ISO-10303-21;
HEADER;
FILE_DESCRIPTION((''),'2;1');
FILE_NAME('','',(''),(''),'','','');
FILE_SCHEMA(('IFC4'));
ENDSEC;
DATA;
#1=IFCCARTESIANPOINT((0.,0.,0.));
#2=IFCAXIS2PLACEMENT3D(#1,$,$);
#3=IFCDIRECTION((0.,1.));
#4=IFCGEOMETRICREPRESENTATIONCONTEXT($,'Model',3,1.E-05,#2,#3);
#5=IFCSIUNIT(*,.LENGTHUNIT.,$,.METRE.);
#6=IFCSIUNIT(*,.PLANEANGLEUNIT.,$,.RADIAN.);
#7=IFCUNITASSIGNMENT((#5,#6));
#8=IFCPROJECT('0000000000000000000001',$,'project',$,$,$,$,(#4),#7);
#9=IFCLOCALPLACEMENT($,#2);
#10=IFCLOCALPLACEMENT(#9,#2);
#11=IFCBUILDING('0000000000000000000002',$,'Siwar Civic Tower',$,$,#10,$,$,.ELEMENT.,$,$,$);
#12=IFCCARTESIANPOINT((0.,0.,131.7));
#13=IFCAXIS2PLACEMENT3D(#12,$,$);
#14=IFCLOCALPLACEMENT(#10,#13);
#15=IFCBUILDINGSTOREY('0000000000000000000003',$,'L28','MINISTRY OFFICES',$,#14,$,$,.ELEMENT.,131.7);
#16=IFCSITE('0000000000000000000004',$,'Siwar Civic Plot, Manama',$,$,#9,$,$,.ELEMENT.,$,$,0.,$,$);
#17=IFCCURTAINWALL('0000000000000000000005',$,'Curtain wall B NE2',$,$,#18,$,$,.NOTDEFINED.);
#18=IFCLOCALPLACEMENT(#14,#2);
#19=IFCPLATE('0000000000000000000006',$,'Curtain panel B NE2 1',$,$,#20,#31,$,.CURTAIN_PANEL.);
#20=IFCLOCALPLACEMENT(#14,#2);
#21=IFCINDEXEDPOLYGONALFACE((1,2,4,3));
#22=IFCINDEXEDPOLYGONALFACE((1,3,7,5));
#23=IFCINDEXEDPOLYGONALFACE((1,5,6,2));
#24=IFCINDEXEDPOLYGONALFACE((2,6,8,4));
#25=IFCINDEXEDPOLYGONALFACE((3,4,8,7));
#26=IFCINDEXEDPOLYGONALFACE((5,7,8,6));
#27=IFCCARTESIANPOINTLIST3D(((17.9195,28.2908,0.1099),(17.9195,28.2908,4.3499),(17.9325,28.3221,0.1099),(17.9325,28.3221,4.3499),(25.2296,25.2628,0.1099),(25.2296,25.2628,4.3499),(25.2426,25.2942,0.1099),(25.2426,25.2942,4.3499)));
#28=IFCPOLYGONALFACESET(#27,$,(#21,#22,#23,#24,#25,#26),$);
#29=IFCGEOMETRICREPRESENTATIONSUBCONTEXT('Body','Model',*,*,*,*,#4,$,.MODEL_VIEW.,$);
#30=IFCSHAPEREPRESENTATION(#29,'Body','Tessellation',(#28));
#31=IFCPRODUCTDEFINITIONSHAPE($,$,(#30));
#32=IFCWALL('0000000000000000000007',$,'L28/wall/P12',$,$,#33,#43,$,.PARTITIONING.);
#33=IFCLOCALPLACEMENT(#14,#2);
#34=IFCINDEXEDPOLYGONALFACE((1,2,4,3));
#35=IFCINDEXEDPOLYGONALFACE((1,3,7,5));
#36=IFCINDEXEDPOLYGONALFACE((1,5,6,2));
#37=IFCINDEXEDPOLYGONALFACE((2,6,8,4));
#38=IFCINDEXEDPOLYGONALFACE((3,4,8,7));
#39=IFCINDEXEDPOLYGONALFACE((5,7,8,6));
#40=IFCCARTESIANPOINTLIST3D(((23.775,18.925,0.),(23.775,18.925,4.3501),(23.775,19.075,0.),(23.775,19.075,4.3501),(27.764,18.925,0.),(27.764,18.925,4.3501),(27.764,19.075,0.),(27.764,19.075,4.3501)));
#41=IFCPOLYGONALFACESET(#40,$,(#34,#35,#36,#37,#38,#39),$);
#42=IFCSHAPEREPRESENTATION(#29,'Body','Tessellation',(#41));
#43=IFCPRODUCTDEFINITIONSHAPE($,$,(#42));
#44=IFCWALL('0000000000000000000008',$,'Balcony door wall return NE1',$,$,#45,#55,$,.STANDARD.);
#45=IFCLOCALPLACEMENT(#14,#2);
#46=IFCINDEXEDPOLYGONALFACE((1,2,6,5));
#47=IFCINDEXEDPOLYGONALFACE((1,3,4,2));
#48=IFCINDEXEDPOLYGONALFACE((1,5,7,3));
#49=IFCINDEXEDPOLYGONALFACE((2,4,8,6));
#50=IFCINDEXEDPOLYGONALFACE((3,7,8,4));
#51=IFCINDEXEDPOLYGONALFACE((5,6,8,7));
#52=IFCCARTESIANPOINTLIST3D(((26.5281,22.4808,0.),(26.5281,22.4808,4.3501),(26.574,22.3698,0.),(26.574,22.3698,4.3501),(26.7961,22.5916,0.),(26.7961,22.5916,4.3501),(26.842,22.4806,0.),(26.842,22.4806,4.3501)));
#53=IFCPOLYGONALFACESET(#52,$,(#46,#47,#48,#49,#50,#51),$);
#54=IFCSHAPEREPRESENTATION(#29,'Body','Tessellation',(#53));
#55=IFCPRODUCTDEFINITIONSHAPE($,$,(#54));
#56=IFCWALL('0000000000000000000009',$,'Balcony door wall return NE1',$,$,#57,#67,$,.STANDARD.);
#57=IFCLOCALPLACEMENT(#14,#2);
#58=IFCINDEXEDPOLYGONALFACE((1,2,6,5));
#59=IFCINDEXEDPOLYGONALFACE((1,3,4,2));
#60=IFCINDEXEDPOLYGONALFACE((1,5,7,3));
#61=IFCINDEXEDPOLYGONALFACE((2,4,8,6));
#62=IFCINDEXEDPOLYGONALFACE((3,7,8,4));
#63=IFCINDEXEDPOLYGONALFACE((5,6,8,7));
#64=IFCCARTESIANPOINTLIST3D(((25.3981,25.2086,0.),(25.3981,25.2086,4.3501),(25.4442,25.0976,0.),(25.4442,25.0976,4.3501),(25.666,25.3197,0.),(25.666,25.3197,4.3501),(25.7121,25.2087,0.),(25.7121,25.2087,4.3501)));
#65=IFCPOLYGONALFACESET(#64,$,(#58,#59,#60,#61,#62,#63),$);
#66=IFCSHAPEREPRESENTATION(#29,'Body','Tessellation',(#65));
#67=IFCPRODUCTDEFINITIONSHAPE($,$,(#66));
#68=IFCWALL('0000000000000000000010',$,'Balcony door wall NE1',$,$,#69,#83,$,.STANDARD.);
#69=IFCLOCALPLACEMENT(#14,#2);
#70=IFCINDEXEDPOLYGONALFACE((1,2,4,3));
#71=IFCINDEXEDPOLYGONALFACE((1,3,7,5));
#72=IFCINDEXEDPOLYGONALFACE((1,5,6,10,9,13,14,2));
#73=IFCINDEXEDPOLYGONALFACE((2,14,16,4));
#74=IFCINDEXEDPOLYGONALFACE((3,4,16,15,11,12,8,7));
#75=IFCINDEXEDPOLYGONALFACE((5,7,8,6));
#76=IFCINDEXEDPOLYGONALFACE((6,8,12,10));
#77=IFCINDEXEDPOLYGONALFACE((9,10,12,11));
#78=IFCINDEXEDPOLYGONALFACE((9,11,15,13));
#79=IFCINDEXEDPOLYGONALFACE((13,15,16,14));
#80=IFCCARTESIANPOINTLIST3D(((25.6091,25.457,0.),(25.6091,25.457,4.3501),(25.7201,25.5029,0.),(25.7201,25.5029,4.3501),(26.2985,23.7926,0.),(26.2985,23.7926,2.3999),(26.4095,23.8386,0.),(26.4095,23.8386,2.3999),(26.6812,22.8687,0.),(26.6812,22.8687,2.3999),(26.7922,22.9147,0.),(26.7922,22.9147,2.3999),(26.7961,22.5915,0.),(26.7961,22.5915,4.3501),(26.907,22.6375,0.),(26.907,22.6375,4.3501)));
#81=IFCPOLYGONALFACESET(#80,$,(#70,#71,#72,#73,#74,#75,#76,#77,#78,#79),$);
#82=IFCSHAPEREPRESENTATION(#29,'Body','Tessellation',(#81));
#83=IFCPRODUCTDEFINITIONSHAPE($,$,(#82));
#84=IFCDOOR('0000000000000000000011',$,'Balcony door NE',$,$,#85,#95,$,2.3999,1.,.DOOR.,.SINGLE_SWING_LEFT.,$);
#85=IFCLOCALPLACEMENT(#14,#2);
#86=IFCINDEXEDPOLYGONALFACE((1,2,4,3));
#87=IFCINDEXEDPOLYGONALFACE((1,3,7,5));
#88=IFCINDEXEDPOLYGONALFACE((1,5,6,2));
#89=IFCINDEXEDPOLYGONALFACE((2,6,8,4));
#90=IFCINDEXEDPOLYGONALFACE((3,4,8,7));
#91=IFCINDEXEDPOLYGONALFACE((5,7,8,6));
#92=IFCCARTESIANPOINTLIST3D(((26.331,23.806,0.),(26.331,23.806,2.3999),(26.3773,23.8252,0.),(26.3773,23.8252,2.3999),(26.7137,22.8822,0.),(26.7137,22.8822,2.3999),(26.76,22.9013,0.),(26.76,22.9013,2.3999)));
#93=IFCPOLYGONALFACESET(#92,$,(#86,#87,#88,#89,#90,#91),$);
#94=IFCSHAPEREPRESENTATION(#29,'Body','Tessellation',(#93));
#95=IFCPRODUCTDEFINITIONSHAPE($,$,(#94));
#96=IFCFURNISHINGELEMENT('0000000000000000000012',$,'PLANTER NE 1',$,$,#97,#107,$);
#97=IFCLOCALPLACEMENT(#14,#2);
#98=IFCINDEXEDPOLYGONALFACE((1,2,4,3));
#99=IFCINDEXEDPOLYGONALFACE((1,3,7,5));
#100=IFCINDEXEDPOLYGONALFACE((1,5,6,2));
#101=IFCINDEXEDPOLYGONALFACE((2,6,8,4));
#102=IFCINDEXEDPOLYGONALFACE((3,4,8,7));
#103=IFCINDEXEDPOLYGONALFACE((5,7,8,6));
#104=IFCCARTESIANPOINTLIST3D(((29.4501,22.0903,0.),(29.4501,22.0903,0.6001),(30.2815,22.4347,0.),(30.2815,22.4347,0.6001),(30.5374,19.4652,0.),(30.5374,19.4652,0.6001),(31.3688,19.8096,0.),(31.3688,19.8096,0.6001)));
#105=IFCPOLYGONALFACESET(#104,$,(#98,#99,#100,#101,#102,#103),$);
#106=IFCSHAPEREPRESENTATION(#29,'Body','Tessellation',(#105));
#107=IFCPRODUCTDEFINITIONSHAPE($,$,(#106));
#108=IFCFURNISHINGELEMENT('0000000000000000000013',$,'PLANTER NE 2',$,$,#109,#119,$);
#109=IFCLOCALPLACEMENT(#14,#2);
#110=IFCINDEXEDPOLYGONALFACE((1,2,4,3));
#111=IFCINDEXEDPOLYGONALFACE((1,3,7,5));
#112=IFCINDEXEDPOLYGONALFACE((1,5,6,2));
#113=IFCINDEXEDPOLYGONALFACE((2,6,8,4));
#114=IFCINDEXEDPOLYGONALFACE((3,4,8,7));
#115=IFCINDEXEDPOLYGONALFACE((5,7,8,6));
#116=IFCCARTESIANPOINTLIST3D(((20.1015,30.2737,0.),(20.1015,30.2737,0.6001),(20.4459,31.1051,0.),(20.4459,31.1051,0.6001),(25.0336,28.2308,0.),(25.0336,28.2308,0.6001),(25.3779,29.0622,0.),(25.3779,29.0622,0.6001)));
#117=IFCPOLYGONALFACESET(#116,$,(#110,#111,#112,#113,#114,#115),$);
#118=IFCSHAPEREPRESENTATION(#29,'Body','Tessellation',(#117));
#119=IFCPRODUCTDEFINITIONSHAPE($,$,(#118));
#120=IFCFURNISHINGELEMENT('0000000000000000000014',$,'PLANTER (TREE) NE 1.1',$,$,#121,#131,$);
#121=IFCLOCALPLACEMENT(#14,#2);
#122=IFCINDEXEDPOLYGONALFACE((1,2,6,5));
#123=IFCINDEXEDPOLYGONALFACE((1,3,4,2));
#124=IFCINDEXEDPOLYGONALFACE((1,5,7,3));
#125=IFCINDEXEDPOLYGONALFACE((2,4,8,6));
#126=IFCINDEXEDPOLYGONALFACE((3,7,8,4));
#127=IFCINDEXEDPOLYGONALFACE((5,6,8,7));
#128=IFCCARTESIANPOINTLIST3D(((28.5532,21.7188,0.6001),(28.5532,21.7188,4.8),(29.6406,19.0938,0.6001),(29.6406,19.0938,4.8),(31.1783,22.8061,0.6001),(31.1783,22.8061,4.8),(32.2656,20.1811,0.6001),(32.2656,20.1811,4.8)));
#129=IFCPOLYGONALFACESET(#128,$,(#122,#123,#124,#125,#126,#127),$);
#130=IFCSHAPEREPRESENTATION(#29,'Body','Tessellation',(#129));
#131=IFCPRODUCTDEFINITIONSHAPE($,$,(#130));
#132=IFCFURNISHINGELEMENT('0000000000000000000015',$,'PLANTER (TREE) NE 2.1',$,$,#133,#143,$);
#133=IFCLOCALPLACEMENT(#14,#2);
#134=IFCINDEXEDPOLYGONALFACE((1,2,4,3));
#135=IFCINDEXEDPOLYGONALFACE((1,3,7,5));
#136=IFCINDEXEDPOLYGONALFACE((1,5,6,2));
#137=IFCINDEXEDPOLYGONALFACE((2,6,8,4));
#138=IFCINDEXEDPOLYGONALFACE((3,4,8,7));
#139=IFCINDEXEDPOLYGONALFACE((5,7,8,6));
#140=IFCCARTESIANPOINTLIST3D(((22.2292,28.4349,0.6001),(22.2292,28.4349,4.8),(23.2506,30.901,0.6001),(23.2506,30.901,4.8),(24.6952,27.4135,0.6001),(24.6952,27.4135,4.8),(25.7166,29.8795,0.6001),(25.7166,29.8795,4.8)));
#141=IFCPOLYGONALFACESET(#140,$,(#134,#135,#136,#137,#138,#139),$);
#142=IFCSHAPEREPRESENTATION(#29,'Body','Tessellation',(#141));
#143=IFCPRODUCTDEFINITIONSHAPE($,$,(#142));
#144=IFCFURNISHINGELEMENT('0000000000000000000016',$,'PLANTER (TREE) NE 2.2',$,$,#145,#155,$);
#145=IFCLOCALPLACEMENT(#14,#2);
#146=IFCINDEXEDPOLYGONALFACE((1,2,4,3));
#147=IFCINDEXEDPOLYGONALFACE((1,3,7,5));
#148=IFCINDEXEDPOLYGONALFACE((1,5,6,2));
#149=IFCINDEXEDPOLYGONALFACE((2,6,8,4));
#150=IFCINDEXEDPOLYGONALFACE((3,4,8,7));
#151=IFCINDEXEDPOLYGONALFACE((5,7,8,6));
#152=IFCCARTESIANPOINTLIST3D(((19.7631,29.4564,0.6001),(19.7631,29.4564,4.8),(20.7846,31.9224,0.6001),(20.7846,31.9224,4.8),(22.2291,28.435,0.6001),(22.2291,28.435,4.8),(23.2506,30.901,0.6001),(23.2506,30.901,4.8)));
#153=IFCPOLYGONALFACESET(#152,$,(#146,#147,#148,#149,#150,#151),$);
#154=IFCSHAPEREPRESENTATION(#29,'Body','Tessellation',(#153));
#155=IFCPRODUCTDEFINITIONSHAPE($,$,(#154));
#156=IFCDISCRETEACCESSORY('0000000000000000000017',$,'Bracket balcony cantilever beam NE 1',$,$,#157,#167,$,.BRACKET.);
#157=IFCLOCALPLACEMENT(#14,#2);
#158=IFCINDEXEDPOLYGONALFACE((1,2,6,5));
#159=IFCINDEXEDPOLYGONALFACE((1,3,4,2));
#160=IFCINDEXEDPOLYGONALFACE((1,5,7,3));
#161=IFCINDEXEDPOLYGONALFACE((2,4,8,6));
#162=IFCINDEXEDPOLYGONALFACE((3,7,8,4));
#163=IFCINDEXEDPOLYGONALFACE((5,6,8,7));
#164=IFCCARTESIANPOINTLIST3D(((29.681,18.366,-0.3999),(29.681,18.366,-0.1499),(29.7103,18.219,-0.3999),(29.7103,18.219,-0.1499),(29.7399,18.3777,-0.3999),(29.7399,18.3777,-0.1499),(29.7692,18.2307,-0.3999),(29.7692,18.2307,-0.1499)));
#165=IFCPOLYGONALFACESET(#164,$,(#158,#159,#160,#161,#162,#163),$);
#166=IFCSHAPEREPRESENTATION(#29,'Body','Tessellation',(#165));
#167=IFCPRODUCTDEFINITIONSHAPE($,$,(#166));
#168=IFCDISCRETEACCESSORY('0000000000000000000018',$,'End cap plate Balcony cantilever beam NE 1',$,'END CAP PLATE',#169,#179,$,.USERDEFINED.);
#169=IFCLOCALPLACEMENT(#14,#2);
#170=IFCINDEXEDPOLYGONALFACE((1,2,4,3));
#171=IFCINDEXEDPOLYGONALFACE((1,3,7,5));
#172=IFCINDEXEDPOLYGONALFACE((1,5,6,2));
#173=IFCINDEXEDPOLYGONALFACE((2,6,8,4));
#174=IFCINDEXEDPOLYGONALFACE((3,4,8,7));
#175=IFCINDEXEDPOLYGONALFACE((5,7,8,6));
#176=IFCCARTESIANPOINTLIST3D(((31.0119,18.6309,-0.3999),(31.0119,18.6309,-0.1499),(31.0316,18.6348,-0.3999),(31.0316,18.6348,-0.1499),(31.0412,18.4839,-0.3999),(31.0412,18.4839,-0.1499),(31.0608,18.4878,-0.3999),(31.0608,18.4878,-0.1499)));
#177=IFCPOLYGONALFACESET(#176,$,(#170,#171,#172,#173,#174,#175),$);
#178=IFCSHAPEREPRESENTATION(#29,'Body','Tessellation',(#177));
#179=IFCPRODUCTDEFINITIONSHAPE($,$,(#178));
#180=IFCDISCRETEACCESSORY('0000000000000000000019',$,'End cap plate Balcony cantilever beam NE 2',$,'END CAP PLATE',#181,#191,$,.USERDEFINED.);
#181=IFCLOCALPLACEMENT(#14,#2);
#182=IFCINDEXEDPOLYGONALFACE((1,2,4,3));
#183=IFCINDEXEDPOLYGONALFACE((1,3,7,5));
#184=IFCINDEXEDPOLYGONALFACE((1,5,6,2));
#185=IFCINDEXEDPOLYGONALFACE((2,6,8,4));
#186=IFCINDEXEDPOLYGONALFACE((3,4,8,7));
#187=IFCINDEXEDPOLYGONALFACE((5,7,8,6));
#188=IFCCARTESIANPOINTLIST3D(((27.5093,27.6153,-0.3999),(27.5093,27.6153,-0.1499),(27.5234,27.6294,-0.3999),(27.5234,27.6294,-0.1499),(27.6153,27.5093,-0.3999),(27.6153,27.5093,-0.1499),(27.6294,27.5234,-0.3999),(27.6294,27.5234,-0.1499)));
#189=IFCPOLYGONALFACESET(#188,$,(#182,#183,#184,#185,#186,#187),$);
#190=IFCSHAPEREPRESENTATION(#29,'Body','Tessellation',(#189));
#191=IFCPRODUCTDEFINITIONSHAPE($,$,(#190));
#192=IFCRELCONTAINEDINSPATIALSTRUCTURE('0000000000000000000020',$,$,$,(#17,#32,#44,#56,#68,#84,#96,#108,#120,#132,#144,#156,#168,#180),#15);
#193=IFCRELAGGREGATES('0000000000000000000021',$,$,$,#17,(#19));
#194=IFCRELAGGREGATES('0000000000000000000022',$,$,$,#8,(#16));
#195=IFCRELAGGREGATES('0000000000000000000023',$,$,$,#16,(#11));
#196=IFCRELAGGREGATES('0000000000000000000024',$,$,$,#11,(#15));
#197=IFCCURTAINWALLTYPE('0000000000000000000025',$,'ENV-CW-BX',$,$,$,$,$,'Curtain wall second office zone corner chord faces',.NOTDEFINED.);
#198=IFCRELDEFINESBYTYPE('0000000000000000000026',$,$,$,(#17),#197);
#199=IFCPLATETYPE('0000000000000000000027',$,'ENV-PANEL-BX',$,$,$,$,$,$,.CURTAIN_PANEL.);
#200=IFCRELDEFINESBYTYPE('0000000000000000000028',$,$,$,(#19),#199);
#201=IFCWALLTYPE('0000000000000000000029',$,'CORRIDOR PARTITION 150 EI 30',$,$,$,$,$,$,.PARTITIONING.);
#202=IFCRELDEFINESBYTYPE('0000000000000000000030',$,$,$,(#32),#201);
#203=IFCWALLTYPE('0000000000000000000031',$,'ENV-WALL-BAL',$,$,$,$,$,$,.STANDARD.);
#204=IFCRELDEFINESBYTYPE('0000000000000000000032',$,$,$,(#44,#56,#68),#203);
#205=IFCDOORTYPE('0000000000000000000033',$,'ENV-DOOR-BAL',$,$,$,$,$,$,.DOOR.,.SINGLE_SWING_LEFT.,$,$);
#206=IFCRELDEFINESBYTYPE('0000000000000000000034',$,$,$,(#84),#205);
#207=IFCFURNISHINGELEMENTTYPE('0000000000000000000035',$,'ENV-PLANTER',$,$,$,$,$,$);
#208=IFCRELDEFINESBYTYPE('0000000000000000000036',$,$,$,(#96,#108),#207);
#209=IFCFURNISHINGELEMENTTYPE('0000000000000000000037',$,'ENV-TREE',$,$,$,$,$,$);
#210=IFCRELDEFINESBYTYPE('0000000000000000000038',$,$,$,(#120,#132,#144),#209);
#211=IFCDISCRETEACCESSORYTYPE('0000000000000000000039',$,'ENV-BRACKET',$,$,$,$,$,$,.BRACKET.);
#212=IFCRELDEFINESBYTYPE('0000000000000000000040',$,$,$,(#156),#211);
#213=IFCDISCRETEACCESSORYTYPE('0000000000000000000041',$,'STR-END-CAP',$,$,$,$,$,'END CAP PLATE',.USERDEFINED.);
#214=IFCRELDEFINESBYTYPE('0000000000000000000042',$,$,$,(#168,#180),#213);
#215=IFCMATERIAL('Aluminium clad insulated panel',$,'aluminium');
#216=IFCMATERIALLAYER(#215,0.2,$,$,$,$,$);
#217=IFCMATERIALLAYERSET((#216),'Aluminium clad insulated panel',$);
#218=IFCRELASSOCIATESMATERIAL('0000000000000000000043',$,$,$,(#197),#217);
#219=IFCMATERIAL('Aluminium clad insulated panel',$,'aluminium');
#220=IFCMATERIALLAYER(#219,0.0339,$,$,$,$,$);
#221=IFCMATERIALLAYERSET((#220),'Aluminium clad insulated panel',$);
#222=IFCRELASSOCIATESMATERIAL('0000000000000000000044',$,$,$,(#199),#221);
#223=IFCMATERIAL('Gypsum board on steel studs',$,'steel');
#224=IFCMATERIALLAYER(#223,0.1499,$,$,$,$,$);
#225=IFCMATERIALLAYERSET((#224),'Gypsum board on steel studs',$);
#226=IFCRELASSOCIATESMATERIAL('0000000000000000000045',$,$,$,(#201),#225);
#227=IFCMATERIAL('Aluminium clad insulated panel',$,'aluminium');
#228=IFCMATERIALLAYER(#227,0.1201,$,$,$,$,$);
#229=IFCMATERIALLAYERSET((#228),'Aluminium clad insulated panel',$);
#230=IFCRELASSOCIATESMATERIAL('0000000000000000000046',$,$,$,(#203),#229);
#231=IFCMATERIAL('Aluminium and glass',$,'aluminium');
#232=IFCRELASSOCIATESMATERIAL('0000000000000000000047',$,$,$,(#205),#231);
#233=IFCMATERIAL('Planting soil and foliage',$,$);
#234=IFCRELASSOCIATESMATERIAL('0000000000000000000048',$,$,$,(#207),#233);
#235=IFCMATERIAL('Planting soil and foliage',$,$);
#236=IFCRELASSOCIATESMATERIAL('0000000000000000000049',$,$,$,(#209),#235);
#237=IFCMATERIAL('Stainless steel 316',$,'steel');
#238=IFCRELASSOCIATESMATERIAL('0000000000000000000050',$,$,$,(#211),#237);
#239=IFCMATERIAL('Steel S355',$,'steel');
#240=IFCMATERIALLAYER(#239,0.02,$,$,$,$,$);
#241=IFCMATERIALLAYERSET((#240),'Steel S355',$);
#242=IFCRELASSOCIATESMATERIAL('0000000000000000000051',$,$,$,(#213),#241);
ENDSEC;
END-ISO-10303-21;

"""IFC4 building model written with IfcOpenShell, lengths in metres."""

from ifc_helpers import new_model, si_unit, direction, frame, frame_2d, origin, origin_2d, place, context, subcontext, project, spatial, rectangle, extrude, material, layer, layer_set, type_object, element, fill, aggregate, save


model = new_model("IFC4")

# Units and contexts
model_context = context("Model", 3, precision=1e-05, world=origin(), true_north=direction((0.0, 1.0)))
body_context = subcontext(model_context, "Body", "Model", "MODEL_VIEW")
ifc_project = project(units=[si_unit("LENGTHUNIT", "METRE"), si_unit("PLANEANGLEUNIT", "RADIAN")], contexts=[model_context])

# Site, building, storey
site_placement = place(None, origin())
site = spatial("IfcSite", under=ifc_project, at=site_placement, Name="Siwar Civic Plot, Manama", CompositionType="ELEMENT", RefElevation=0.0)
building_placement = place(site_placement, origin())
building = spatial("IfcBuilding", under=site, at=building_placement, Name="Siwar Civic Tower", CompositionType="ELEMENT")
storey_placement = place(building_placement, frame((0.0, 0.0, 131.7)))
storey = spatial("IfcBuildingStorey", under=building, at=storey_placement, Name="L28", Description="MINISTRY OFFICES", CompositionType="ELEMENT", Elevation=131.7)

# Shared definitions
ifc_material_1 = material(Name="Aluminium clad insulated panel", Category="aluminium")
ifc_layer_1 = layer(ifc_material_1, 0.2)
ifc_layer_set_1 = layer_set([ifc_layer_1], Name="Aluminium clad insulated panel")
curtain_wall_type = type_object("IfcCurtainWallType", Name="ENV-CW-BX", ElementType="Curtain wall second office zone corner chord faces", PredefinedType="NOTDEFINED", material=ifc_layer_set_1)

# Curtain wall
curtain_wall_1_placement = place(storey_placement, origin())
curtain_wall_1 = element("IfcCurtainWall", 1, at=curtain_wall_1_placement, inside=storey, type_object=curtain_wall_type, Name="Curtain wall B NE2", PredefinedType="NOTDEFINED")

# Plate
ifc_material_2 = material(Name="Aluminium clad insulated panel", Category="aluminium")
ifc_layer_2 = layer(ifc_material_2, 0.0339)
ifc_layer_set_2 = layer_set([ifc_layer_2], Name="Aluminium clad insulated panel")
plate_type = type_object("IfcPlateType", Name="ENV-PANEL-BX", PredefinedType="CURTAIN_PANEL", material=ifc_layer_set_2)
plate_1_placement = place(storey_placement, frame((21.5811, 26.7925, 0.1099), z_axis=(0.0, 0.0, 1.0), x_axis=(-0.92388, 0.382683, 0.0)))
plate_1 = element("IfcPlate", 2, at=plate_1_placement, type_object=plate_type, Name="Curtain panel B NE2 1", PredefinedType="CURTAIN_PANEL", context=body_context, shape_type="SweptSolid", body=[
    extrude(rectangle(XDim=7.9124, YDim=0.0339, at=origin_2d()), origin(), (0.0, 0.0, 1.0), 4.24),
])
aggregate(curtain_wall_1, [plate_1])

# Walls
ifc_material_3 = material(Name="Gypsum board on steel studs", Category="steel")
ifc_layer_3 = layer(ifc_material_3, 0.1499)
ifc_layer_set_3 = layer_set([ifc_layer_3], Name="Gypsum board on steel studs")
wall_type_1 = type_object("IfcWallType", Name="CORRIDOR PARTITION 150 EI 30", PredefinedType="PARTITIONING", material=ifc_layer_set_3)
wall_1_placement = place(storey_placement, frame((23.7749, 19.0, 0.0), z_axis=(0.0, 0.0, 1.0), x_axis=(1.0, 0.0, 0.0)))
element("IfcWall", 3, at=wall_1_placement, inside=storey, type_object=wall_type_1, Name="L28/wall/P12", PredefinedType="PARTITIONING", context=body_context, shape_type="SweptSolid", body=[
    extrude(rectangle(XDim=3.989, YDim=0.1499, at=frame_2d((1.9946, 0.0))), origin(), (0.0, 0.0, 1.0), 4.3501),
])
ifc_material_4 = material(Name="Aluminium clad insulated panel", Category="aluminium")
ifc_layer_4 = layer(ifc_material_4, 0.1201)
ifc_layer_set_4 = layer_set([ifc_layer_4], Name="Aluminium clad insulated panel")
wall_type_2 = type_object("IfcWallType", Name="ENV-WALL-BAL", PredefinedType="STANDARD", material=ifc_layer_set_4)
for number, where, z_axis, x_axis, name in (
    (4, (26.551, 22.4253, 0.0), (0.0, 0.0, 1.0), (0.924119, 0.382104, 0.0), "Balcony door wall return NE1"),
    (5, (25.4211, 25.1531, 0.0), (0.0, 0.0, 1.0), (0.923699, 0.38312, 0.0), "Balcony door wall return NE1"),
):
    element("IfcWall", number, at=place(storey_placement, frame(where, z_axis=z_axis, x_axis=x_axis)), inside=storey, type_object=wall_type_2, Name=name, PredefinedType="STANDARD", context=body_context, shape_type="SweptSolid", body=[
        extrude(rectangle(XDim=0.29, YDim=0.1201, at=frame_2d((0.145, 0.0))), origin(), (0.0, 0.0, 1.0), 4.3501),
    ])

# Wall, opening, door
wall_2_placement = place(storey_placement, frame((26.8516, 22.6145, 0.0), z_axis=(0.0, 0.0, 1.0), x_axis=(-0.382709, 0.923869, 0.0)))
wall_2 = element("IfcWall", 6, at=wall_2_placement, inside=storey, type_object=wall_type_2, Name="Balcony door wall NE1", PredefinedType="STANDARD", context=body_context, shape_type="SweptSolid", body=[
    extrude(rectangle(XDim=3.1016, YDim=0.1201, at=frame_2d((1.5508, 0.0))), origin(), (0.0, 0.0, 1.0), 4.3501),
])
opening_placement = place(wall_2_placement, frame((0.3, 0.0, 0.0)))
opening = element("IfcOpeningElement", 7, at=opening_placement, cuts=wall_2, PredefinedType="OPENING", context=body_context, shape_type="SweptSolid", body=[
    extrude(rectangle(XDim=1.0, YDim=2.3999, at=frame_2d((0.5, 1.2))), frame((0.0, 0.0701, 0.0), z_axis=(0.0, -1.0, 0.0), x_axis=(1.0, 0.0, 0.0)), (0.0, 0.0, 1.0), 0.1401),
])
ifc_material_5 = material(Name="Aluminium and glass", Category="aluminium")
door_type = type_object("IfcDoorType", Name="ENV-DOOR-BAL", OperationType="SINGLE_SWING_LEFT", PredefinedType="DOOR", material=ifc_material_5)
door_placement = place(opening_placement, origin())
door = element("IfcDoor", 8, at=door_placement, inside=storey, type_object=door_type, Name="Balcony door NE", OperationType="SINGLE_SWING_LEFT", OverallHeight=2.3999, OverallWidth=1.0, PredefinedType="DOOR", context=body_context, shape_type="SweptSolid", body=[
    extrude(rectangle(XDim=1.0, YDim=2.3999, at=frame_2d((0.5, 1.2))), frame((0.0, 0.0249, 0.0), z_axis=(0.0, -1.0, 0.0), x_axis=(1.0, 0.0, 0.0)), (0.0, 0.0, 1.0), 0.05),
])
fill(opening, door)

# Furnishing elements
ifc_material_6 = material(Name="Planting soil and foliage")
furnishing_element_type_1 = type_object("IfcFurnishingElementType", Name="ENV-PLANTER", material=ifc_material_6)
furnishing_1_placement = place(storey_placement, frame((30.4094, 20.95, 0.0), z_axis=(0.0, 0.0, 1.0), x_axis=(-0.382683, 0.92388, 0.0)))
element("IfcFurnishingElement", 9, at=furnishing_1_placement, inside=storey, type_object=furnishing_element_type_1, Name="PLANTER NE 1", context=body_context, shape_type="SweptSolid", body=[
    extrude(rectangle(XDim=2.8413, YDim=0.8999, at=origin_2d()), origin(), (0.0, 0.0, 1.0), 0.6001),
])
furnishing_2_placement = place(storey_placement, frame((22.7397, 29.668, 0.0), z_axis=(0.0, 0.0, 1.0), x_axis=(-0.92388, 0.382683, 0.0)))
element("IfcFurnishingElement", 10, at=furnishing_2_placement, inside=storey, type_object=furnishing_element_type_1, Name="PLANTER NE 2", context=body_context, shape_type="SweptSolid", body=[
    extrude(rectangle(XDim=5.3384, YDim=0.8999, at=origin_2d()), origin(), (0.0, 0.0, 1.0), 0.6001),
])
ifc_material_7 = material(Name="Planting soil and foliage")
furnishing_element_type_2 = type_object("IfcFurnishingElementType", Name="ENV-TREE", material=ifc_material_7)
furnishing_3_placement = place(storey_placement, frame((30.4094, 20.95, 0.6001), z_axis=(0.0, 0.0, 1.0), x_axis=(-0.382683, 0.92388, 0.0)))
element("IfcFurnishingElement", 11, at=furnishing_3_placement, inside=storey, type_object=furnishing_element_type_2, Name="PLANTER (TREE) NE 1.1", context=body_context, shape_type="SweptSolid", body=[
    extrude(rectangle(XDim=2.8413, YDim=2.8413, at=origin_2d()), origin(), (0.0, 0.0, 1.0), 4.2),
])
for number, where, z_axis, x_axis, name in (
    (12, (23.9729, 29.1572, 0.6001), (0.0, 0.0, 1.0), (-0.92388, 0.382683, 0.0), "PLANTER (TREE) NE 2.1"),
    (13, (21.5068, 30.1787, 0.6001), (0.0, 0.0, 1.0), (-0.92388, 0.382683, 0.0), "PLANTER (TREE) NE 2.2"),
):
    element("IfcFurnishingElement", number, at=place(storey_placement, frame(where, z_axis=z_axis, x_axis=x_axis)), inside=storey, type_object=furnishing_element_type_2, Name=name, context=body_context, shape_type="SweptSolid", body=[
        extrude(rectangle(XDim=2.6692, YDim=2.6692, at=origin_2d()), origin(), (0.0, 0.0, 1.0), 4.2),
    ])

# Discrete accessories
ifc_material_8 = material(Name="Stainless steel 316", Category="steel")
discrete_accessory_type_1 = type_object("IfcDiscreteAccessoryType", Name="ENV-BRACKET", PredefinedType="BRACKET", material=ifc_material_8)
discrete_accessory_placement = place(storey_placement, frame((29.7251, 18.2983, -0.3999), z_axis=(0.0, 0.0, 1.0), x_axis=(0.980785, 0.19509, 0.0)))
element("IfcDiscreteAccessory", 14, at=discrete_accessory_placement, inside=storey, type_object=discrete_accessory_type_1, Name="Bracket balcony cantilever beam NE 1", PredefinedType="BRACKET", context=body_context, shape_type="SweptSolid", body=[
    extrude(rectangle(XDim=0.0601, YDim=0.1499, at=origin_2d()), origin(), (0.0, 0.0, 1.0), 0.25),
])
ifc_material_9 = material(Name="Steel S355", Category="steel")
ifc_layer_5 = layer(ifc_material_9, 0.02)
ifc_layer_set_5 = layer_set([ifc_layer_5], Name="Steel S355")
discrete_accessory_type_2 = type_object("IfcDiscreteAccessoryType", Name="STR-END-CAP", ElementType="END CAP PLATE", PredefinedType="USERDEFINED", material=ifc_layer_set_5)
for number, where, z_axis, x_axis, name in (
    (15, (31.0364, 18.5593, -0.3999), (0.0, 0.0, 1.0), (0.980785, 0.19509, 0.0), "End cap plate Balcony cantilever beam NE 1"),
    (16, (27.5693, 27.5693, -0.3999), (0.0, 0.0, 1.0), (0.707107, 0.707107, 0.0), "End cap plate Balcony cantilever beam NE 2"),
):
    element("IfcDiscreteAccessory", number, at=place(storey_placement, frame(where, z_axis=z_axis, x_axis=x_axis)), inside=storey, type_object=discrete_accessory_type_2, Name=name, ObjectType="END CAP PLATE", PredefinedType="USERDEFINED", context=body_context, shape_type="SweptSolid", body=[
        extrude(rectangle(XDim=0.02, YDim=0.1499, at=origin_2d()), origin(), (0.0, 0.0, 1.0), 0.25),
    ])

save(model, "model.ifc")
